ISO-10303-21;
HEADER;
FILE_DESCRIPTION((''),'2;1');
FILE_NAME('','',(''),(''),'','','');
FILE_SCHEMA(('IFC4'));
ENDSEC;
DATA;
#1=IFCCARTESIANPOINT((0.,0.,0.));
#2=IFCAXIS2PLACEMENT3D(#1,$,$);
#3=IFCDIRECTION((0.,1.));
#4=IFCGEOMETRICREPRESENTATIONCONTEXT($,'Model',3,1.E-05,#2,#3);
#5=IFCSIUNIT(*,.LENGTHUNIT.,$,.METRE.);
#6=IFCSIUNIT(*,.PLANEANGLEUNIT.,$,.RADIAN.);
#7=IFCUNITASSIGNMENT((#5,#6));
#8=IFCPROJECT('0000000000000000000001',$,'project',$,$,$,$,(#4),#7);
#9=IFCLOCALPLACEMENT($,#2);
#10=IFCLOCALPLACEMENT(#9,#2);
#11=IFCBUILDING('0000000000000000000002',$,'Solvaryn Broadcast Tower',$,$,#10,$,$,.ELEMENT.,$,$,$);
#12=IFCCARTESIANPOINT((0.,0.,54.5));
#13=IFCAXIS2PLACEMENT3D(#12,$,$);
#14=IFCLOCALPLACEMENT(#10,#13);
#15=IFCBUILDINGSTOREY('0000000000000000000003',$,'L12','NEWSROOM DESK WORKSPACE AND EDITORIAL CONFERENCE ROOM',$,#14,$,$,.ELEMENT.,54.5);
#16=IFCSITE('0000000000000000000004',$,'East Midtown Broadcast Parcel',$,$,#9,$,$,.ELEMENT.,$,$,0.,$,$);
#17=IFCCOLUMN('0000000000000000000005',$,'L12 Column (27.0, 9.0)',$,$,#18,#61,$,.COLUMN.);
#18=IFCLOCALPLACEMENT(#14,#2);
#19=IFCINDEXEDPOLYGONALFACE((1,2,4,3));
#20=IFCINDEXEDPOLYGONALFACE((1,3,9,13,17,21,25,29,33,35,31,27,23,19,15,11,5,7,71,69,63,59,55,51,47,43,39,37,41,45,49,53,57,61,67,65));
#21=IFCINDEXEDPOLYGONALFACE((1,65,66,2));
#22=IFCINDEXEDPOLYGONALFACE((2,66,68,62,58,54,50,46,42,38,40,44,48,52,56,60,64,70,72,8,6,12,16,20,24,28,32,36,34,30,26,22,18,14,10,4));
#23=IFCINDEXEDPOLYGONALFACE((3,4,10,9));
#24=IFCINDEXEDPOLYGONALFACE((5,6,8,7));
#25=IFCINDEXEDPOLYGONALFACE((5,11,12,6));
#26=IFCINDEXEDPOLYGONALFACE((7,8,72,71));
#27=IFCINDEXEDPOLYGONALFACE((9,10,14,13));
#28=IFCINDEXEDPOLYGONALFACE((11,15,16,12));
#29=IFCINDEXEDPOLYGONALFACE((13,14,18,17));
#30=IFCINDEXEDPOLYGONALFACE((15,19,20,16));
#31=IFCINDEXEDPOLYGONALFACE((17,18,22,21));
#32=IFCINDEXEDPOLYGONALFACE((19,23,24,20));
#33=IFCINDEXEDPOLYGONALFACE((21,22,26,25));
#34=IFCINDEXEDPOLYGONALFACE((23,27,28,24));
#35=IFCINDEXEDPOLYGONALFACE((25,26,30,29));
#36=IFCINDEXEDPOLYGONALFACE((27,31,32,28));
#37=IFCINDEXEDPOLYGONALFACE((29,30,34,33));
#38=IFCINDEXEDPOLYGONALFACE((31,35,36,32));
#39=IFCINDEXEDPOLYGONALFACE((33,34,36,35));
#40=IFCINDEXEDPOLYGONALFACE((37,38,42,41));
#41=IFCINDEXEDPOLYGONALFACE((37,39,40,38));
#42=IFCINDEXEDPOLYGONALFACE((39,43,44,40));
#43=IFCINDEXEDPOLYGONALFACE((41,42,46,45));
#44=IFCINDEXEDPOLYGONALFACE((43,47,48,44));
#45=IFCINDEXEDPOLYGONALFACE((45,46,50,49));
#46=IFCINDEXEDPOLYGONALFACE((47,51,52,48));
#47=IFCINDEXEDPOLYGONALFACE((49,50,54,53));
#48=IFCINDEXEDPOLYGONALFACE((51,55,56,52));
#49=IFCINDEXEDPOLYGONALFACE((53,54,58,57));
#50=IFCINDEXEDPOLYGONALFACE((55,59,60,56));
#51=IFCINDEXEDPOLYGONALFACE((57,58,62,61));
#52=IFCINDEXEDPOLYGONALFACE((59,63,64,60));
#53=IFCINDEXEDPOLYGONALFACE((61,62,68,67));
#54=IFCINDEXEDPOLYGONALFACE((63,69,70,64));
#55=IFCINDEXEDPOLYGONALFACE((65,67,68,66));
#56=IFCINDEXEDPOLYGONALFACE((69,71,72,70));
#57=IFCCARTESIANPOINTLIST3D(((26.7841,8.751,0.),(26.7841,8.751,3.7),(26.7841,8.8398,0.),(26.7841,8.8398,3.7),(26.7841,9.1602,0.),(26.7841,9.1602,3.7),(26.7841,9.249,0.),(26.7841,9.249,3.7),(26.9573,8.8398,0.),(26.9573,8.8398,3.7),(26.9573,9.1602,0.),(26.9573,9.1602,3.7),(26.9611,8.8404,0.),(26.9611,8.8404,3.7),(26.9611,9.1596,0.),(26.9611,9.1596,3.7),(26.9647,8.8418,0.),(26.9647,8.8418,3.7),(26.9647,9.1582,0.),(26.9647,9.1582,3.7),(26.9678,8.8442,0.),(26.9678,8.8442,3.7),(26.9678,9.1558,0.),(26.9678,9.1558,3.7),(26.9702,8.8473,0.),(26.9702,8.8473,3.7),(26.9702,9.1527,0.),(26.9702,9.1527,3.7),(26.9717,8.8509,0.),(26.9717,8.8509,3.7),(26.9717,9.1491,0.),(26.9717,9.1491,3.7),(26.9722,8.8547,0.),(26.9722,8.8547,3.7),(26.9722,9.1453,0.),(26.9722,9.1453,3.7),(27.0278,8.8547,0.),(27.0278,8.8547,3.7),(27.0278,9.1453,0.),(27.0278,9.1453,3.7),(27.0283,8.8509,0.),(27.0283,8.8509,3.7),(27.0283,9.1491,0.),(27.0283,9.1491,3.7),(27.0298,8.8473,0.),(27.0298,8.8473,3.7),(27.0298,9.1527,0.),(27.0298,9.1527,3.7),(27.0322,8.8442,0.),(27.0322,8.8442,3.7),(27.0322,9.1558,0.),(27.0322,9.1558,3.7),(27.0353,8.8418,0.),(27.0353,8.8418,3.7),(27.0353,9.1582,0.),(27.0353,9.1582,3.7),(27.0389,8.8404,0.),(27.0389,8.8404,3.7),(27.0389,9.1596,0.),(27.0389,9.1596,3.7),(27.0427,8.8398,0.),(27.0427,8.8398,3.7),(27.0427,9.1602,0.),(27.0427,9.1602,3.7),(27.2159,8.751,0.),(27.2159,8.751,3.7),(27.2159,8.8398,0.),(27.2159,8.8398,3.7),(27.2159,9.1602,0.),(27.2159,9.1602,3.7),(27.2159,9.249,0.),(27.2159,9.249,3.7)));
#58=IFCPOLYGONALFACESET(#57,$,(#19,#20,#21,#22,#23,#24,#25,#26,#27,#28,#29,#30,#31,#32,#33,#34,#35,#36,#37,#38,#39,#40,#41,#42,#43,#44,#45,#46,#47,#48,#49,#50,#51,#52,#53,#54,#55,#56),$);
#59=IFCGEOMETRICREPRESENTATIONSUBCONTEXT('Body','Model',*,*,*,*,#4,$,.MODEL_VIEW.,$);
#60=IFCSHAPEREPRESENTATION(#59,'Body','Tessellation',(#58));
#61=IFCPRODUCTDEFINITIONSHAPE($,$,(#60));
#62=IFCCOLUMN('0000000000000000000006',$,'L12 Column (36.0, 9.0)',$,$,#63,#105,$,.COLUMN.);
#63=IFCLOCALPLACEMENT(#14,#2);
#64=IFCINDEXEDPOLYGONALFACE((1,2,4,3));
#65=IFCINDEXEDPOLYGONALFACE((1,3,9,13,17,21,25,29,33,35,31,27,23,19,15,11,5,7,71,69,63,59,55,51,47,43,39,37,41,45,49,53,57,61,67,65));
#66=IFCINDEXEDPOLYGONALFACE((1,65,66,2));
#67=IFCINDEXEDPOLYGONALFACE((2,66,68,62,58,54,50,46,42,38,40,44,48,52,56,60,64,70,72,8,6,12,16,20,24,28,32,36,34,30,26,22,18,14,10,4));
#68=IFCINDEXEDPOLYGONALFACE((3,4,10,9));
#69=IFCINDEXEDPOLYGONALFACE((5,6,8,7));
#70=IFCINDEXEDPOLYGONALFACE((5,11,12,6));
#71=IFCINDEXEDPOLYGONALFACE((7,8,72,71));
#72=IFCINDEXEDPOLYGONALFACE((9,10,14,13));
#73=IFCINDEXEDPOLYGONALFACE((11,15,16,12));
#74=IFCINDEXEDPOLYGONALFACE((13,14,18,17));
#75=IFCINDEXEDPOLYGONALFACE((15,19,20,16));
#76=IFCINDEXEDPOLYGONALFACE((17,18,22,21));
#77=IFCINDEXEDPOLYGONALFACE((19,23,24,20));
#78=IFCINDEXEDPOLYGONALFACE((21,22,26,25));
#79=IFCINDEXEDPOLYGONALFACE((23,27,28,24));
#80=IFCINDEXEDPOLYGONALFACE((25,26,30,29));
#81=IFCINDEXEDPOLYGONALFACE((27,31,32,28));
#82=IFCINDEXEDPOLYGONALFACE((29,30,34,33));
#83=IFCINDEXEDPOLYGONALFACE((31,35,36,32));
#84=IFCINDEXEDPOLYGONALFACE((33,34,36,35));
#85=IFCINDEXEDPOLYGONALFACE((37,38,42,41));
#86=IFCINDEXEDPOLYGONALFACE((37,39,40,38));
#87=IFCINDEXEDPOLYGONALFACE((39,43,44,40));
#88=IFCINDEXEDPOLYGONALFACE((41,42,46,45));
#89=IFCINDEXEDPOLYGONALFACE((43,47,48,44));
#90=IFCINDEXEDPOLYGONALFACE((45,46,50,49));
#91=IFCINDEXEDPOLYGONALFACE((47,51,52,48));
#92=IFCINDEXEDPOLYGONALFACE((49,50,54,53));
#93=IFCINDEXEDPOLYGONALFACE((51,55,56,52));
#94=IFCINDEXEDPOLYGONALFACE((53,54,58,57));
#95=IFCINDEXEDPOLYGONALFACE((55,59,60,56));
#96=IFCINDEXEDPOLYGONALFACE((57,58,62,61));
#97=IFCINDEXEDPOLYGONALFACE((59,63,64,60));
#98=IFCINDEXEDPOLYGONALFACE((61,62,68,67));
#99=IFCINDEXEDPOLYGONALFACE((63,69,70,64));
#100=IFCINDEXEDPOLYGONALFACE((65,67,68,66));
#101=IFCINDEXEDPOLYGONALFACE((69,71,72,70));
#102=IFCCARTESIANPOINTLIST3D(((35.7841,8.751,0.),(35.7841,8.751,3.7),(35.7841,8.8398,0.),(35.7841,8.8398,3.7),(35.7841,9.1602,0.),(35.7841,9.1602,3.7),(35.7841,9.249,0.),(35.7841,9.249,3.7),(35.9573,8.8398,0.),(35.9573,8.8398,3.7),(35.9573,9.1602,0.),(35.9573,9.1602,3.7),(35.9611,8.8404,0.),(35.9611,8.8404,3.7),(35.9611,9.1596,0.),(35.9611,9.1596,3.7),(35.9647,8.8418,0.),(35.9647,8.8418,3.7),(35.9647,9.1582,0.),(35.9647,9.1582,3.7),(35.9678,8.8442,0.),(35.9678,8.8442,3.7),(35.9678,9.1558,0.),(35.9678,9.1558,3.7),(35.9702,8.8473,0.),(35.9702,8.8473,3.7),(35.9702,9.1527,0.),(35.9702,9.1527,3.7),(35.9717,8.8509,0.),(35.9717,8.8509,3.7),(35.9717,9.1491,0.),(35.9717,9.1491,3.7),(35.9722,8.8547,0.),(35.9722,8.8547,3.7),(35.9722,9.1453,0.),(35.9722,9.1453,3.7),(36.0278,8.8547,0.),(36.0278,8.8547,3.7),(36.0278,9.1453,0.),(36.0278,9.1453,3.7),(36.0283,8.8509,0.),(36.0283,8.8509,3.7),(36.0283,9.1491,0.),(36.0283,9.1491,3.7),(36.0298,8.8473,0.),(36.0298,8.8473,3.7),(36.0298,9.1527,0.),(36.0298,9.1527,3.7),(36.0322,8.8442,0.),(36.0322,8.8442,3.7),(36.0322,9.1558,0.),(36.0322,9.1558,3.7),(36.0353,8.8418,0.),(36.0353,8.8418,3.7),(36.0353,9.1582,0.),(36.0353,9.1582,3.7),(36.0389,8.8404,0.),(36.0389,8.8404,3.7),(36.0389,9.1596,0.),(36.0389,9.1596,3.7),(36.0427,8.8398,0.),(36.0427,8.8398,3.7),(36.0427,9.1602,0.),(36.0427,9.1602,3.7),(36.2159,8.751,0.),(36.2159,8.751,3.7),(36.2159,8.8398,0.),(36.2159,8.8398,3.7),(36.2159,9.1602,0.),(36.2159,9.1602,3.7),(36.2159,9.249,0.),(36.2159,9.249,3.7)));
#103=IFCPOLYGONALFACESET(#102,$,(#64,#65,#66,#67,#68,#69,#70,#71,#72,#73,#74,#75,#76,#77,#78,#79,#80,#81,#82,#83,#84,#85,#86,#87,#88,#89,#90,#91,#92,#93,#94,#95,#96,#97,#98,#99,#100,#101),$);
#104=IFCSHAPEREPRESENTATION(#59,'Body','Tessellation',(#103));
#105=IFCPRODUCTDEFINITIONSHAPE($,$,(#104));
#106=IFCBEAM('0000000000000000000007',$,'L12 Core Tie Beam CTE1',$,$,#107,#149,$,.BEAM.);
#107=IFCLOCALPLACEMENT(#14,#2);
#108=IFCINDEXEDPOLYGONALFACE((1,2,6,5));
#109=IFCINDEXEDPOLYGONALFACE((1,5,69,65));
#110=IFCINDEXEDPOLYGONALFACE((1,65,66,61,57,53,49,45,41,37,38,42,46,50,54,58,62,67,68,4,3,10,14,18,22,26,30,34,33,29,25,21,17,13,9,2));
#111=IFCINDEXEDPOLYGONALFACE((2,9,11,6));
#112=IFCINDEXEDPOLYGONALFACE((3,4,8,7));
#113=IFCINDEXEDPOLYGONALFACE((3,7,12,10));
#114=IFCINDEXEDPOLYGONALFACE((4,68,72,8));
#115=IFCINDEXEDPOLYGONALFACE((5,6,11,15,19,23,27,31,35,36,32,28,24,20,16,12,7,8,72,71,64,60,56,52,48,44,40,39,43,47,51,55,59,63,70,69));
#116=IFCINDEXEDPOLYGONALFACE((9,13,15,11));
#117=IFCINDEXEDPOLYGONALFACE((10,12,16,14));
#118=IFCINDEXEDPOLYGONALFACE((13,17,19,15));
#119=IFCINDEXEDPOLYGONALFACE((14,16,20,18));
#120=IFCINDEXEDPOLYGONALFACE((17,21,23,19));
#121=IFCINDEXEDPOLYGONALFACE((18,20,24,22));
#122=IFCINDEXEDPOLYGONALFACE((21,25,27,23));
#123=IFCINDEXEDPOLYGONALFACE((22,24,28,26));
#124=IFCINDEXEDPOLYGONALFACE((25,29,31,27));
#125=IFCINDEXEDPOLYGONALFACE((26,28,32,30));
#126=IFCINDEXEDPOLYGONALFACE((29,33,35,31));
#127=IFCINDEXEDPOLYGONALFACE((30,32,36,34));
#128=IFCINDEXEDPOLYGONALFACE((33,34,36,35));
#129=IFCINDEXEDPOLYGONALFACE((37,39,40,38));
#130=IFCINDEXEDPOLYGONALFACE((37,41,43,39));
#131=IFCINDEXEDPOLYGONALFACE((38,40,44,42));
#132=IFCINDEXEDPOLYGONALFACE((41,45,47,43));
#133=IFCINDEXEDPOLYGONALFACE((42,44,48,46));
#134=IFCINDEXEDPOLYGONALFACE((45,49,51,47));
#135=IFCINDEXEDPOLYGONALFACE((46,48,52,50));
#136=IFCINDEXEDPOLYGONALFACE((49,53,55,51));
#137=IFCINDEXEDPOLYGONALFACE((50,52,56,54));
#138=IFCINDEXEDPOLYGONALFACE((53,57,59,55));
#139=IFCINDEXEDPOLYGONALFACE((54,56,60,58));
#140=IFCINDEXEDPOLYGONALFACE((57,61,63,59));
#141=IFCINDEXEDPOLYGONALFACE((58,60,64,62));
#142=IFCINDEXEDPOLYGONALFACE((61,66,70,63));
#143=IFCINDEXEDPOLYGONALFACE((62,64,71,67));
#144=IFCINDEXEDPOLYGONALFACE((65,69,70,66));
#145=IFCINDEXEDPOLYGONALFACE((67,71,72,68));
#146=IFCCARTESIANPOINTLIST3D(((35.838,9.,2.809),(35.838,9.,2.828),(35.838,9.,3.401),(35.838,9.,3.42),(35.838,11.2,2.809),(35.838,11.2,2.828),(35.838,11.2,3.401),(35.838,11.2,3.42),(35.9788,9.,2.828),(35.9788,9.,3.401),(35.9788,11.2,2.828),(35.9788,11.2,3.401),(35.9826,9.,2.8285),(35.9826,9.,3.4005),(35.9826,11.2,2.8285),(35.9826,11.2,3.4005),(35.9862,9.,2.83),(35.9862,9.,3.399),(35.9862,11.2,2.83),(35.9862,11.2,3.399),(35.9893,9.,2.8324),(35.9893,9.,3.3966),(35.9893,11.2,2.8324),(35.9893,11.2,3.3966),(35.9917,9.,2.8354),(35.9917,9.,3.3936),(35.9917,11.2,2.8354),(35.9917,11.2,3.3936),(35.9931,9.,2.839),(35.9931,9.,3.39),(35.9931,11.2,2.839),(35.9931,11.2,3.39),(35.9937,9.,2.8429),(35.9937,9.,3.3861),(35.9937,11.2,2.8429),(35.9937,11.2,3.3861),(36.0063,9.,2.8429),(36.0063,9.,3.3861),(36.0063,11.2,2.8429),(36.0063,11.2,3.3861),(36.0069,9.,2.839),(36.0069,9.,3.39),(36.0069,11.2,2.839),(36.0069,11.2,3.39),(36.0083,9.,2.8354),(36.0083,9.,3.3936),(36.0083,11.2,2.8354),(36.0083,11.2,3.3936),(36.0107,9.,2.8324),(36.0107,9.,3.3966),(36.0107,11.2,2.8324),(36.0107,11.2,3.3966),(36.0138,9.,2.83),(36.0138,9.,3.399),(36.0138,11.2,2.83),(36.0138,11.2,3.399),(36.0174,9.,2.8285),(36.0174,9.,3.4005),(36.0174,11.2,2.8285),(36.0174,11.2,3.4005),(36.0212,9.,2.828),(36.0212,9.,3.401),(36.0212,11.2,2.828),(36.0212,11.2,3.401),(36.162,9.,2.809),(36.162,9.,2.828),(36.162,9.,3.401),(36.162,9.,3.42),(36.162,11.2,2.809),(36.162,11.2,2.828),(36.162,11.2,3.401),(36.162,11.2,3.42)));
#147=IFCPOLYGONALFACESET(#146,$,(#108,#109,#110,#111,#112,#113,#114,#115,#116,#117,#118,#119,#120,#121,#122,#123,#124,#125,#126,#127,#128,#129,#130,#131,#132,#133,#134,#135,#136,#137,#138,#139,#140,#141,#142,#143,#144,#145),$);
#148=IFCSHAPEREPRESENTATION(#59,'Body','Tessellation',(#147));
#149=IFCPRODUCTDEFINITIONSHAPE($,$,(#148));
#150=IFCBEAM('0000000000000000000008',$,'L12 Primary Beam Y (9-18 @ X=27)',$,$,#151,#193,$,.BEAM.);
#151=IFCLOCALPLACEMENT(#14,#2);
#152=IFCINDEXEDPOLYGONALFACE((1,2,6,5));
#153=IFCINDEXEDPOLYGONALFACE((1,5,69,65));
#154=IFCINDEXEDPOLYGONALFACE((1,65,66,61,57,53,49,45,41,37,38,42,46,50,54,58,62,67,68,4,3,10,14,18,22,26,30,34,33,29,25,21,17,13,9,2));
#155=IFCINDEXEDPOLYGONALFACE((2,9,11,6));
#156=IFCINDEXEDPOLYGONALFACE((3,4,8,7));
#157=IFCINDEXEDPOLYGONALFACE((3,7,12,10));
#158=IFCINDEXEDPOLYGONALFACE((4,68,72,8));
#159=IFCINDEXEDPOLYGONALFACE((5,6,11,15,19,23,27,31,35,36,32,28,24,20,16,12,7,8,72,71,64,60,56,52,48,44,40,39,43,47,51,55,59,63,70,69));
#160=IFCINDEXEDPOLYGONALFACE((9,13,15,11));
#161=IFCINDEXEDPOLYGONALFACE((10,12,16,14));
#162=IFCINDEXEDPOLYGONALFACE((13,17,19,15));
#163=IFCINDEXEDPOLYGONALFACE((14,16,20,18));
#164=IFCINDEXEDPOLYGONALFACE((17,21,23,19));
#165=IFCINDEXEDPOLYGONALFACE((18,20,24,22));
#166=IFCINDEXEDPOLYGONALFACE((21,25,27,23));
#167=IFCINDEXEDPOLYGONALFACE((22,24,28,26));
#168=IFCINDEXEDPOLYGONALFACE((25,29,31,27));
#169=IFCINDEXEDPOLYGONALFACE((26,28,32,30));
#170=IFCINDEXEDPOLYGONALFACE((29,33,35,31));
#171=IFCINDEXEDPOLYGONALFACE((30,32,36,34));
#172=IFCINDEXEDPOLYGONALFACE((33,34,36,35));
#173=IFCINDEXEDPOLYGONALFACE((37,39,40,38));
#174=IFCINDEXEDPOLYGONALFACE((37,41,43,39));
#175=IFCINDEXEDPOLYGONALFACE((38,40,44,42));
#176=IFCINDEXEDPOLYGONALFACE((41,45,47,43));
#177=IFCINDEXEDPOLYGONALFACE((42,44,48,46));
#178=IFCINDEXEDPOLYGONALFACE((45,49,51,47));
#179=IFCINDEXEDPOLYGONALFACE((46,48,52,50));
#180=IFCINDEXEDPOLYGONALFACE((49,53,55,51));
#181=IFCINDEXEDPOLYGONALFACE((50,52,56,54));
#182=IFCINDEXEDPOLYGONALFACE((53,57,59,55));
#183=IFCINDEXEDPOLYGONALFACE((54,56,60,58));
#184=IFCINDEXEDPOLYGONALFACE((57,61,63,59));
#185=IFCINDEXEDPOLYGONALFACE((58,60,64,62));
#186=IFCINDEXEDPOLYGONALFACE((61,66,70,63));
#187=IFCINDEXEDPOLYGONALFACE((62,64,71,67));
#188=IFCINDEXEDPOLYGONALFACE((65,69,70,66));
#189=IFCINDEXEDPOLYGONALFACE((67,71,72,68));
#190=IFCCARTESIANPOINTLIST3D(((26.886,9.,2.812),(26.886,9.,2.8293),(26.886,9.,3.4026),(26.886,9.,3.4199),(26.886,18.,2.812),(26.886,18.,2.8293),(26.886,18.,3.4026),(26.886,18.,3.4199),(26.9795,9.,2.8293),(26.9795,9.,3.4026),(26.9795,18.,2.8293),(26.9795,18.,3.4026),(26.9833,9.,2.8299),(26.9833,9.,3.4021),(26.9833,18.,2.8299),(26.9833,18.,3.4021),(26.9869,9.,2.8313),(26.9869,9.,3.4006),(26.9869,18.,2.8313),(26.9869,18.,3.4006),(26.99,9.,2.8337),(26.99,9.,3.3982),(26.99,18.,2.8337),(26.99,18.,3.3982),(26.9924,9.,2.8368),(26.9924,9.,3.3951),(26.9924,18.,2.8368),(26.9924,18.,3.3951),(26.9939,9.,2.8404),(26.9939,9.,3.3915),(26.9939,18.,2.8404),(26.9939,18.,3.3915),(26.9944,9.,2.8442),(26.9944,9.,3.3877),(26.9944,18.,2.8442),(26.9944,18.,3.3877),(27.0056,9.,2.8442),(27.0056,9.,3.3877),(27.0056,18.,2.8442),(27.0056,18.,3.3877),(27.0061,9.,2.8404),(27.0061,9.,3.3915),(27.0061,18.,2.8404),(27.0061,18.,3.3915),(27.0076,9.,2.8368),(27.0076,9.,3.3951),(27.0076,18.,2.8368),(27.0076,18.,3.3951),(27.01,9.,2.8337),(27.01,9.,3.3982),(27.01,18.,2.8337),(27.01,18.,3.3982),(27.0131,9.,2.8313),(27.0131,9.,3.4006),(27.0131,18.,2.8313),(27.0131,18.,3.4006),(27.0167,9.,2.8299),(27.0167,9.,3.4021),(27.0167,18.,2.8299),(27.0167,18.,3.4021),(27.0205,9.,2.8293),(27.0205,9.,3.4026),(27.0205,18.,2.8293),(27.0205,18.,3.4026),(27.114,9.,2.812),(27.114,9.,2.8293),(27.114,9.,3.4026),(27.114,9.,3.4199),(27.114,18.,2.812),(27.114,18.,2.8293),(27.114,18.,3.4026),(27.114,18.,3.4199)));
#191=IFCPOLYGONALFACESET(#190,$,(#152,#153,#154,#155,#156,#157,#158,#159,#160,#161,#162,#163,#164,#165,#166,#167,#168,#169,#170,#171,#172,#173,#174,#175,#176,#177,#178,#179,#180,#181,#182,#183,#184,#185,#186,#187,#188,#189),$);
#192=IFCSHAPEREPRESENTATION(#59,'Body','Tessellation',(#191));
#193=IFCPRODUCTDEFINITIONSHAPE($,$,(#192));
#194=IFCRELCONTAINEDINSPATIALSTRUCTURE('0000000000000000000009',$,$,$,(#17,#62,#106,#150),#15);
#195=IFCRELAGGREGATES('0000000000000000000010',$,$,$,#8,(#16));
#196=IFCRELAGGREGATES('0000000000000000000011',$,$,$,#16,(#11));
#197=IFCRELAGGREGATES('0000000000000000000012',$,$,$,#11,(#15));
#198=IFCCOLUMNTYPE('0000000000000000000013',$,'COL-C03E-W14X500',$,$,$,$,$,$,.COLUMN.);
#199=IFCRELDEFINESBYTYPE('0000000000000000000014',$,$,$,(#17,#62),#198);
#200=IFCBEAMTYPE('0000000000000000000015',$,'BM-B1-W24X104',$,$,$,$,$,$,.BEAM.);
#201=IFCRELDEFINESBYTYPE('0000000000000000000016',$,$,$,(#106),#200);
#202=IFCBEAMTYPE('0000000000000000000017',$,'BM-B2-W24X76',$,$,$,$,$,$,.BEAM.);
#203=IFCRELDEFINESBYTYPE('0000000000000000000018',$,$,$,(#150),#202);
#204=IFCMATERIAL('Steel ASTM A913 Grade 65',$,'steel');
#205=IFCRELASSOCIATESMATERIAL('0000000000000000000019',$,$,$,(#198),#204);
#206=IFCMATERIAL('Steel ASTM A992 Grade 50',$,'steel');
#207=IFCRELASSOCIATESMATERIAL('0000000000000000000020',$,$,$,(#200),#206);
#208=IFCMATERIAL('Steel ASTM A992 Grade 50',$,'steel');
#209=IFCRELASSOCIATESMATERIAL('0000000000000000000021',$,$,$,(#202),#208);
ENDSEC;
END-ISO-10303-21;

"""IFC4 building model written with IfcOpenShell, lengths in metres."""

from ifc_helpers import new_model, si_unit, direction, frame, origin, origin_2d, place, context, subcontext, project, spatial, i_section, extrude, material, material_profile, profile_set, type_object, element, save


model = new_model("IFC4")

# Units and contexts
model_context = context("Model", 3, precision=1e-05, world=origin(), true_north=direction((0.0, 1.0)))
body_context = subcontext(model_context, "Body", "Model", "MODEL_VIEW")
ifc_project = project(units=[si_unit("LENGTHUNIT", "METRE"), si_unit("PLANEANGLEUNIT", "RADIAN")], contexts=[model_context])

# Site, building, storey
site_placement = place(None, origin())
site = spatial("IfcSite", under=ifc_project, at=site_placement, Name="East Midtown Broadcast Parcel", CompositionType="ELEMENT", RefElevation=0.0)
building_placement = place(site_placement, origin())
building = spatial("IfcBuilding", under=site, at=building_placement, Name="Solvaryn Broadcast Tower", CompositionType="ELEMENT")
storey_placement = place(building_placement, frame((0.0, 0.0, 54.5)))
storey = spatial("IfcBuildingStorey", under=building, at=storey_placement, Name="L12", Description="NEWSROOM DESK WORKSPACE AND EDITORIAL CONFERENCE ROOM", CompositionType="ELEMENT", Elevation=54.5)

# Columns
ifc_material_1 = material(Name="Steel ASTM A913 Grade 65", Category="steel")
ifc_material_profile_1 = material_profile(ifc_material_1, i_section(OverallWidth=0.4319, OverallDepth=0.498, WebThickness=0.0557, FlangeThickness=0.0889, FilletRadius=0.0149, at=origin_2d()))
ifc_profile_set_1 = profile_set([ifc_material_profile_1], Name="Steel ASTM A913 Grade 65")
column_type = type_object("IfcColumnType", Name="COL-C03E-W14X500", PredefinedType="COLUMN", material=ifc_profile_set_1)
for number, where, z_axis, x_axis, name in (
    (1, (27.0, 9.0, 0.0), (0.0, 0.0, 1.0), (1.0, 0.0, 0.0), "L12 Column (27.0, 9.0)"),
    (2, (36.0, 9.0, 0.0), (0.0, 0.0, 1.0), (1.0, 0.0, 0.0), "L12 Column (36.0, 9.0)"),
):
    element("IfcColumn", number, at=place(storey_placement, frame(where, z_axis=z_axis, x_axis=x_axis)), inside=storey, type_object=column_type, Name=name, PredefinedType="COLUMN", context=body_context, shape_type="SweptSolid", body=[
        extrude(i_section(OverallWidth=0.4319, OverallDepth=0.498, WebThickness=0.0557, FlangeThickness=0.0889, FilletRadius=0.0149, at=origin_2d()), origin(), (0.0, 0.0, 1.0), 3.7),
    ])

# Beams
ifc_material_2 = material(Name="Steel ASTM A992 Grade 50", Category="steel")
ifc_material_profile_2 = material_profile(ifc_material_2, i_section(OverallWidth=0.324, OverallDepth=0.6111, WebThickness=0.0127, FlangeThickness=0.019, FilletRadius=0.0149, at=origin_2d()))
ifc_profile_set_2 = profile_set([ifc_material_profile_2], Name="Steel ASTM A992 Grade 50")
beam_type_1 = type_object("IfcBeamType", Name="BM-B1-W24X104", PredefinedType="BEAM", material=ifc_profile_set_2)
beam_1_placement = place(storey_placement, frame((36.0, 9.0, 3.1145), z_axis=(0.0, 1.0, 0.0), x_axis=(-1.0, 0.0, 0.0)))
element("IfcBeam", 3, at=beam_1_placement, inside=storey, type_object=beam_type_1, Name="L12 Core Tie Beam CTE1", PredefinedType="BEAM", context=body_context, shape_type="SweptSolid", body=[
    extrude(i_section(OverallWidth=0.324, OverallDepth=0.6111, WebThickness=0.0127, FlangeThickness=0.019, FilletRadius=0.0149, at=origin_2d()), origin(), (0.0, 0.0, 1.0), 2.2),
])
ifc_material_3 = material(Name="Steel ASTM A992 Grade 50", Category="steel")
ifc_material_profile_3 = material_profile(ifc_material_3, i_section(OverallWidth=0.228, OverallDepth=0.6079, WebThickness=0.0112, FlangeThickness=0.0173, FilletRadius=0.0149, at=origin_2d()))
ifc_profile_set_3 = profile_set([ifc_material_profile_3], Name="Steel ASTM A992 Grade 50")
beam_type_2 = type_object("IfcBeamType", Name="BM-B2-W24X76", PredefinedType="BEAM", material=ifc_profile_set_3)
beam_2_placement = place(storey_placement, frame((27.0, 9.0, 3.116), z_axis=(0.0, 1.0, 0.0), x_axis=(-1.0, 0.0, 0.0)))
element("IfcBeam", 4, at=beam_2_placement, inside=storey, type_object=beam_type_2, Name="L12 Primary Beam Y (9-18 @ X=27)", PredefinedType="BEAM", context=body_context, shape_type="SweptSolid", body=[
    extrude(i_section(OverallWidth=0.228, OverallDepth=0.6079, WebThickness=0.0112, FlangeThickness=0.0173, FilletRadius=0.0149, at=origin_2d()), origin(), (0.0, 0.0, 1.0), 9.0),
])

save(model, "model.ifc")
